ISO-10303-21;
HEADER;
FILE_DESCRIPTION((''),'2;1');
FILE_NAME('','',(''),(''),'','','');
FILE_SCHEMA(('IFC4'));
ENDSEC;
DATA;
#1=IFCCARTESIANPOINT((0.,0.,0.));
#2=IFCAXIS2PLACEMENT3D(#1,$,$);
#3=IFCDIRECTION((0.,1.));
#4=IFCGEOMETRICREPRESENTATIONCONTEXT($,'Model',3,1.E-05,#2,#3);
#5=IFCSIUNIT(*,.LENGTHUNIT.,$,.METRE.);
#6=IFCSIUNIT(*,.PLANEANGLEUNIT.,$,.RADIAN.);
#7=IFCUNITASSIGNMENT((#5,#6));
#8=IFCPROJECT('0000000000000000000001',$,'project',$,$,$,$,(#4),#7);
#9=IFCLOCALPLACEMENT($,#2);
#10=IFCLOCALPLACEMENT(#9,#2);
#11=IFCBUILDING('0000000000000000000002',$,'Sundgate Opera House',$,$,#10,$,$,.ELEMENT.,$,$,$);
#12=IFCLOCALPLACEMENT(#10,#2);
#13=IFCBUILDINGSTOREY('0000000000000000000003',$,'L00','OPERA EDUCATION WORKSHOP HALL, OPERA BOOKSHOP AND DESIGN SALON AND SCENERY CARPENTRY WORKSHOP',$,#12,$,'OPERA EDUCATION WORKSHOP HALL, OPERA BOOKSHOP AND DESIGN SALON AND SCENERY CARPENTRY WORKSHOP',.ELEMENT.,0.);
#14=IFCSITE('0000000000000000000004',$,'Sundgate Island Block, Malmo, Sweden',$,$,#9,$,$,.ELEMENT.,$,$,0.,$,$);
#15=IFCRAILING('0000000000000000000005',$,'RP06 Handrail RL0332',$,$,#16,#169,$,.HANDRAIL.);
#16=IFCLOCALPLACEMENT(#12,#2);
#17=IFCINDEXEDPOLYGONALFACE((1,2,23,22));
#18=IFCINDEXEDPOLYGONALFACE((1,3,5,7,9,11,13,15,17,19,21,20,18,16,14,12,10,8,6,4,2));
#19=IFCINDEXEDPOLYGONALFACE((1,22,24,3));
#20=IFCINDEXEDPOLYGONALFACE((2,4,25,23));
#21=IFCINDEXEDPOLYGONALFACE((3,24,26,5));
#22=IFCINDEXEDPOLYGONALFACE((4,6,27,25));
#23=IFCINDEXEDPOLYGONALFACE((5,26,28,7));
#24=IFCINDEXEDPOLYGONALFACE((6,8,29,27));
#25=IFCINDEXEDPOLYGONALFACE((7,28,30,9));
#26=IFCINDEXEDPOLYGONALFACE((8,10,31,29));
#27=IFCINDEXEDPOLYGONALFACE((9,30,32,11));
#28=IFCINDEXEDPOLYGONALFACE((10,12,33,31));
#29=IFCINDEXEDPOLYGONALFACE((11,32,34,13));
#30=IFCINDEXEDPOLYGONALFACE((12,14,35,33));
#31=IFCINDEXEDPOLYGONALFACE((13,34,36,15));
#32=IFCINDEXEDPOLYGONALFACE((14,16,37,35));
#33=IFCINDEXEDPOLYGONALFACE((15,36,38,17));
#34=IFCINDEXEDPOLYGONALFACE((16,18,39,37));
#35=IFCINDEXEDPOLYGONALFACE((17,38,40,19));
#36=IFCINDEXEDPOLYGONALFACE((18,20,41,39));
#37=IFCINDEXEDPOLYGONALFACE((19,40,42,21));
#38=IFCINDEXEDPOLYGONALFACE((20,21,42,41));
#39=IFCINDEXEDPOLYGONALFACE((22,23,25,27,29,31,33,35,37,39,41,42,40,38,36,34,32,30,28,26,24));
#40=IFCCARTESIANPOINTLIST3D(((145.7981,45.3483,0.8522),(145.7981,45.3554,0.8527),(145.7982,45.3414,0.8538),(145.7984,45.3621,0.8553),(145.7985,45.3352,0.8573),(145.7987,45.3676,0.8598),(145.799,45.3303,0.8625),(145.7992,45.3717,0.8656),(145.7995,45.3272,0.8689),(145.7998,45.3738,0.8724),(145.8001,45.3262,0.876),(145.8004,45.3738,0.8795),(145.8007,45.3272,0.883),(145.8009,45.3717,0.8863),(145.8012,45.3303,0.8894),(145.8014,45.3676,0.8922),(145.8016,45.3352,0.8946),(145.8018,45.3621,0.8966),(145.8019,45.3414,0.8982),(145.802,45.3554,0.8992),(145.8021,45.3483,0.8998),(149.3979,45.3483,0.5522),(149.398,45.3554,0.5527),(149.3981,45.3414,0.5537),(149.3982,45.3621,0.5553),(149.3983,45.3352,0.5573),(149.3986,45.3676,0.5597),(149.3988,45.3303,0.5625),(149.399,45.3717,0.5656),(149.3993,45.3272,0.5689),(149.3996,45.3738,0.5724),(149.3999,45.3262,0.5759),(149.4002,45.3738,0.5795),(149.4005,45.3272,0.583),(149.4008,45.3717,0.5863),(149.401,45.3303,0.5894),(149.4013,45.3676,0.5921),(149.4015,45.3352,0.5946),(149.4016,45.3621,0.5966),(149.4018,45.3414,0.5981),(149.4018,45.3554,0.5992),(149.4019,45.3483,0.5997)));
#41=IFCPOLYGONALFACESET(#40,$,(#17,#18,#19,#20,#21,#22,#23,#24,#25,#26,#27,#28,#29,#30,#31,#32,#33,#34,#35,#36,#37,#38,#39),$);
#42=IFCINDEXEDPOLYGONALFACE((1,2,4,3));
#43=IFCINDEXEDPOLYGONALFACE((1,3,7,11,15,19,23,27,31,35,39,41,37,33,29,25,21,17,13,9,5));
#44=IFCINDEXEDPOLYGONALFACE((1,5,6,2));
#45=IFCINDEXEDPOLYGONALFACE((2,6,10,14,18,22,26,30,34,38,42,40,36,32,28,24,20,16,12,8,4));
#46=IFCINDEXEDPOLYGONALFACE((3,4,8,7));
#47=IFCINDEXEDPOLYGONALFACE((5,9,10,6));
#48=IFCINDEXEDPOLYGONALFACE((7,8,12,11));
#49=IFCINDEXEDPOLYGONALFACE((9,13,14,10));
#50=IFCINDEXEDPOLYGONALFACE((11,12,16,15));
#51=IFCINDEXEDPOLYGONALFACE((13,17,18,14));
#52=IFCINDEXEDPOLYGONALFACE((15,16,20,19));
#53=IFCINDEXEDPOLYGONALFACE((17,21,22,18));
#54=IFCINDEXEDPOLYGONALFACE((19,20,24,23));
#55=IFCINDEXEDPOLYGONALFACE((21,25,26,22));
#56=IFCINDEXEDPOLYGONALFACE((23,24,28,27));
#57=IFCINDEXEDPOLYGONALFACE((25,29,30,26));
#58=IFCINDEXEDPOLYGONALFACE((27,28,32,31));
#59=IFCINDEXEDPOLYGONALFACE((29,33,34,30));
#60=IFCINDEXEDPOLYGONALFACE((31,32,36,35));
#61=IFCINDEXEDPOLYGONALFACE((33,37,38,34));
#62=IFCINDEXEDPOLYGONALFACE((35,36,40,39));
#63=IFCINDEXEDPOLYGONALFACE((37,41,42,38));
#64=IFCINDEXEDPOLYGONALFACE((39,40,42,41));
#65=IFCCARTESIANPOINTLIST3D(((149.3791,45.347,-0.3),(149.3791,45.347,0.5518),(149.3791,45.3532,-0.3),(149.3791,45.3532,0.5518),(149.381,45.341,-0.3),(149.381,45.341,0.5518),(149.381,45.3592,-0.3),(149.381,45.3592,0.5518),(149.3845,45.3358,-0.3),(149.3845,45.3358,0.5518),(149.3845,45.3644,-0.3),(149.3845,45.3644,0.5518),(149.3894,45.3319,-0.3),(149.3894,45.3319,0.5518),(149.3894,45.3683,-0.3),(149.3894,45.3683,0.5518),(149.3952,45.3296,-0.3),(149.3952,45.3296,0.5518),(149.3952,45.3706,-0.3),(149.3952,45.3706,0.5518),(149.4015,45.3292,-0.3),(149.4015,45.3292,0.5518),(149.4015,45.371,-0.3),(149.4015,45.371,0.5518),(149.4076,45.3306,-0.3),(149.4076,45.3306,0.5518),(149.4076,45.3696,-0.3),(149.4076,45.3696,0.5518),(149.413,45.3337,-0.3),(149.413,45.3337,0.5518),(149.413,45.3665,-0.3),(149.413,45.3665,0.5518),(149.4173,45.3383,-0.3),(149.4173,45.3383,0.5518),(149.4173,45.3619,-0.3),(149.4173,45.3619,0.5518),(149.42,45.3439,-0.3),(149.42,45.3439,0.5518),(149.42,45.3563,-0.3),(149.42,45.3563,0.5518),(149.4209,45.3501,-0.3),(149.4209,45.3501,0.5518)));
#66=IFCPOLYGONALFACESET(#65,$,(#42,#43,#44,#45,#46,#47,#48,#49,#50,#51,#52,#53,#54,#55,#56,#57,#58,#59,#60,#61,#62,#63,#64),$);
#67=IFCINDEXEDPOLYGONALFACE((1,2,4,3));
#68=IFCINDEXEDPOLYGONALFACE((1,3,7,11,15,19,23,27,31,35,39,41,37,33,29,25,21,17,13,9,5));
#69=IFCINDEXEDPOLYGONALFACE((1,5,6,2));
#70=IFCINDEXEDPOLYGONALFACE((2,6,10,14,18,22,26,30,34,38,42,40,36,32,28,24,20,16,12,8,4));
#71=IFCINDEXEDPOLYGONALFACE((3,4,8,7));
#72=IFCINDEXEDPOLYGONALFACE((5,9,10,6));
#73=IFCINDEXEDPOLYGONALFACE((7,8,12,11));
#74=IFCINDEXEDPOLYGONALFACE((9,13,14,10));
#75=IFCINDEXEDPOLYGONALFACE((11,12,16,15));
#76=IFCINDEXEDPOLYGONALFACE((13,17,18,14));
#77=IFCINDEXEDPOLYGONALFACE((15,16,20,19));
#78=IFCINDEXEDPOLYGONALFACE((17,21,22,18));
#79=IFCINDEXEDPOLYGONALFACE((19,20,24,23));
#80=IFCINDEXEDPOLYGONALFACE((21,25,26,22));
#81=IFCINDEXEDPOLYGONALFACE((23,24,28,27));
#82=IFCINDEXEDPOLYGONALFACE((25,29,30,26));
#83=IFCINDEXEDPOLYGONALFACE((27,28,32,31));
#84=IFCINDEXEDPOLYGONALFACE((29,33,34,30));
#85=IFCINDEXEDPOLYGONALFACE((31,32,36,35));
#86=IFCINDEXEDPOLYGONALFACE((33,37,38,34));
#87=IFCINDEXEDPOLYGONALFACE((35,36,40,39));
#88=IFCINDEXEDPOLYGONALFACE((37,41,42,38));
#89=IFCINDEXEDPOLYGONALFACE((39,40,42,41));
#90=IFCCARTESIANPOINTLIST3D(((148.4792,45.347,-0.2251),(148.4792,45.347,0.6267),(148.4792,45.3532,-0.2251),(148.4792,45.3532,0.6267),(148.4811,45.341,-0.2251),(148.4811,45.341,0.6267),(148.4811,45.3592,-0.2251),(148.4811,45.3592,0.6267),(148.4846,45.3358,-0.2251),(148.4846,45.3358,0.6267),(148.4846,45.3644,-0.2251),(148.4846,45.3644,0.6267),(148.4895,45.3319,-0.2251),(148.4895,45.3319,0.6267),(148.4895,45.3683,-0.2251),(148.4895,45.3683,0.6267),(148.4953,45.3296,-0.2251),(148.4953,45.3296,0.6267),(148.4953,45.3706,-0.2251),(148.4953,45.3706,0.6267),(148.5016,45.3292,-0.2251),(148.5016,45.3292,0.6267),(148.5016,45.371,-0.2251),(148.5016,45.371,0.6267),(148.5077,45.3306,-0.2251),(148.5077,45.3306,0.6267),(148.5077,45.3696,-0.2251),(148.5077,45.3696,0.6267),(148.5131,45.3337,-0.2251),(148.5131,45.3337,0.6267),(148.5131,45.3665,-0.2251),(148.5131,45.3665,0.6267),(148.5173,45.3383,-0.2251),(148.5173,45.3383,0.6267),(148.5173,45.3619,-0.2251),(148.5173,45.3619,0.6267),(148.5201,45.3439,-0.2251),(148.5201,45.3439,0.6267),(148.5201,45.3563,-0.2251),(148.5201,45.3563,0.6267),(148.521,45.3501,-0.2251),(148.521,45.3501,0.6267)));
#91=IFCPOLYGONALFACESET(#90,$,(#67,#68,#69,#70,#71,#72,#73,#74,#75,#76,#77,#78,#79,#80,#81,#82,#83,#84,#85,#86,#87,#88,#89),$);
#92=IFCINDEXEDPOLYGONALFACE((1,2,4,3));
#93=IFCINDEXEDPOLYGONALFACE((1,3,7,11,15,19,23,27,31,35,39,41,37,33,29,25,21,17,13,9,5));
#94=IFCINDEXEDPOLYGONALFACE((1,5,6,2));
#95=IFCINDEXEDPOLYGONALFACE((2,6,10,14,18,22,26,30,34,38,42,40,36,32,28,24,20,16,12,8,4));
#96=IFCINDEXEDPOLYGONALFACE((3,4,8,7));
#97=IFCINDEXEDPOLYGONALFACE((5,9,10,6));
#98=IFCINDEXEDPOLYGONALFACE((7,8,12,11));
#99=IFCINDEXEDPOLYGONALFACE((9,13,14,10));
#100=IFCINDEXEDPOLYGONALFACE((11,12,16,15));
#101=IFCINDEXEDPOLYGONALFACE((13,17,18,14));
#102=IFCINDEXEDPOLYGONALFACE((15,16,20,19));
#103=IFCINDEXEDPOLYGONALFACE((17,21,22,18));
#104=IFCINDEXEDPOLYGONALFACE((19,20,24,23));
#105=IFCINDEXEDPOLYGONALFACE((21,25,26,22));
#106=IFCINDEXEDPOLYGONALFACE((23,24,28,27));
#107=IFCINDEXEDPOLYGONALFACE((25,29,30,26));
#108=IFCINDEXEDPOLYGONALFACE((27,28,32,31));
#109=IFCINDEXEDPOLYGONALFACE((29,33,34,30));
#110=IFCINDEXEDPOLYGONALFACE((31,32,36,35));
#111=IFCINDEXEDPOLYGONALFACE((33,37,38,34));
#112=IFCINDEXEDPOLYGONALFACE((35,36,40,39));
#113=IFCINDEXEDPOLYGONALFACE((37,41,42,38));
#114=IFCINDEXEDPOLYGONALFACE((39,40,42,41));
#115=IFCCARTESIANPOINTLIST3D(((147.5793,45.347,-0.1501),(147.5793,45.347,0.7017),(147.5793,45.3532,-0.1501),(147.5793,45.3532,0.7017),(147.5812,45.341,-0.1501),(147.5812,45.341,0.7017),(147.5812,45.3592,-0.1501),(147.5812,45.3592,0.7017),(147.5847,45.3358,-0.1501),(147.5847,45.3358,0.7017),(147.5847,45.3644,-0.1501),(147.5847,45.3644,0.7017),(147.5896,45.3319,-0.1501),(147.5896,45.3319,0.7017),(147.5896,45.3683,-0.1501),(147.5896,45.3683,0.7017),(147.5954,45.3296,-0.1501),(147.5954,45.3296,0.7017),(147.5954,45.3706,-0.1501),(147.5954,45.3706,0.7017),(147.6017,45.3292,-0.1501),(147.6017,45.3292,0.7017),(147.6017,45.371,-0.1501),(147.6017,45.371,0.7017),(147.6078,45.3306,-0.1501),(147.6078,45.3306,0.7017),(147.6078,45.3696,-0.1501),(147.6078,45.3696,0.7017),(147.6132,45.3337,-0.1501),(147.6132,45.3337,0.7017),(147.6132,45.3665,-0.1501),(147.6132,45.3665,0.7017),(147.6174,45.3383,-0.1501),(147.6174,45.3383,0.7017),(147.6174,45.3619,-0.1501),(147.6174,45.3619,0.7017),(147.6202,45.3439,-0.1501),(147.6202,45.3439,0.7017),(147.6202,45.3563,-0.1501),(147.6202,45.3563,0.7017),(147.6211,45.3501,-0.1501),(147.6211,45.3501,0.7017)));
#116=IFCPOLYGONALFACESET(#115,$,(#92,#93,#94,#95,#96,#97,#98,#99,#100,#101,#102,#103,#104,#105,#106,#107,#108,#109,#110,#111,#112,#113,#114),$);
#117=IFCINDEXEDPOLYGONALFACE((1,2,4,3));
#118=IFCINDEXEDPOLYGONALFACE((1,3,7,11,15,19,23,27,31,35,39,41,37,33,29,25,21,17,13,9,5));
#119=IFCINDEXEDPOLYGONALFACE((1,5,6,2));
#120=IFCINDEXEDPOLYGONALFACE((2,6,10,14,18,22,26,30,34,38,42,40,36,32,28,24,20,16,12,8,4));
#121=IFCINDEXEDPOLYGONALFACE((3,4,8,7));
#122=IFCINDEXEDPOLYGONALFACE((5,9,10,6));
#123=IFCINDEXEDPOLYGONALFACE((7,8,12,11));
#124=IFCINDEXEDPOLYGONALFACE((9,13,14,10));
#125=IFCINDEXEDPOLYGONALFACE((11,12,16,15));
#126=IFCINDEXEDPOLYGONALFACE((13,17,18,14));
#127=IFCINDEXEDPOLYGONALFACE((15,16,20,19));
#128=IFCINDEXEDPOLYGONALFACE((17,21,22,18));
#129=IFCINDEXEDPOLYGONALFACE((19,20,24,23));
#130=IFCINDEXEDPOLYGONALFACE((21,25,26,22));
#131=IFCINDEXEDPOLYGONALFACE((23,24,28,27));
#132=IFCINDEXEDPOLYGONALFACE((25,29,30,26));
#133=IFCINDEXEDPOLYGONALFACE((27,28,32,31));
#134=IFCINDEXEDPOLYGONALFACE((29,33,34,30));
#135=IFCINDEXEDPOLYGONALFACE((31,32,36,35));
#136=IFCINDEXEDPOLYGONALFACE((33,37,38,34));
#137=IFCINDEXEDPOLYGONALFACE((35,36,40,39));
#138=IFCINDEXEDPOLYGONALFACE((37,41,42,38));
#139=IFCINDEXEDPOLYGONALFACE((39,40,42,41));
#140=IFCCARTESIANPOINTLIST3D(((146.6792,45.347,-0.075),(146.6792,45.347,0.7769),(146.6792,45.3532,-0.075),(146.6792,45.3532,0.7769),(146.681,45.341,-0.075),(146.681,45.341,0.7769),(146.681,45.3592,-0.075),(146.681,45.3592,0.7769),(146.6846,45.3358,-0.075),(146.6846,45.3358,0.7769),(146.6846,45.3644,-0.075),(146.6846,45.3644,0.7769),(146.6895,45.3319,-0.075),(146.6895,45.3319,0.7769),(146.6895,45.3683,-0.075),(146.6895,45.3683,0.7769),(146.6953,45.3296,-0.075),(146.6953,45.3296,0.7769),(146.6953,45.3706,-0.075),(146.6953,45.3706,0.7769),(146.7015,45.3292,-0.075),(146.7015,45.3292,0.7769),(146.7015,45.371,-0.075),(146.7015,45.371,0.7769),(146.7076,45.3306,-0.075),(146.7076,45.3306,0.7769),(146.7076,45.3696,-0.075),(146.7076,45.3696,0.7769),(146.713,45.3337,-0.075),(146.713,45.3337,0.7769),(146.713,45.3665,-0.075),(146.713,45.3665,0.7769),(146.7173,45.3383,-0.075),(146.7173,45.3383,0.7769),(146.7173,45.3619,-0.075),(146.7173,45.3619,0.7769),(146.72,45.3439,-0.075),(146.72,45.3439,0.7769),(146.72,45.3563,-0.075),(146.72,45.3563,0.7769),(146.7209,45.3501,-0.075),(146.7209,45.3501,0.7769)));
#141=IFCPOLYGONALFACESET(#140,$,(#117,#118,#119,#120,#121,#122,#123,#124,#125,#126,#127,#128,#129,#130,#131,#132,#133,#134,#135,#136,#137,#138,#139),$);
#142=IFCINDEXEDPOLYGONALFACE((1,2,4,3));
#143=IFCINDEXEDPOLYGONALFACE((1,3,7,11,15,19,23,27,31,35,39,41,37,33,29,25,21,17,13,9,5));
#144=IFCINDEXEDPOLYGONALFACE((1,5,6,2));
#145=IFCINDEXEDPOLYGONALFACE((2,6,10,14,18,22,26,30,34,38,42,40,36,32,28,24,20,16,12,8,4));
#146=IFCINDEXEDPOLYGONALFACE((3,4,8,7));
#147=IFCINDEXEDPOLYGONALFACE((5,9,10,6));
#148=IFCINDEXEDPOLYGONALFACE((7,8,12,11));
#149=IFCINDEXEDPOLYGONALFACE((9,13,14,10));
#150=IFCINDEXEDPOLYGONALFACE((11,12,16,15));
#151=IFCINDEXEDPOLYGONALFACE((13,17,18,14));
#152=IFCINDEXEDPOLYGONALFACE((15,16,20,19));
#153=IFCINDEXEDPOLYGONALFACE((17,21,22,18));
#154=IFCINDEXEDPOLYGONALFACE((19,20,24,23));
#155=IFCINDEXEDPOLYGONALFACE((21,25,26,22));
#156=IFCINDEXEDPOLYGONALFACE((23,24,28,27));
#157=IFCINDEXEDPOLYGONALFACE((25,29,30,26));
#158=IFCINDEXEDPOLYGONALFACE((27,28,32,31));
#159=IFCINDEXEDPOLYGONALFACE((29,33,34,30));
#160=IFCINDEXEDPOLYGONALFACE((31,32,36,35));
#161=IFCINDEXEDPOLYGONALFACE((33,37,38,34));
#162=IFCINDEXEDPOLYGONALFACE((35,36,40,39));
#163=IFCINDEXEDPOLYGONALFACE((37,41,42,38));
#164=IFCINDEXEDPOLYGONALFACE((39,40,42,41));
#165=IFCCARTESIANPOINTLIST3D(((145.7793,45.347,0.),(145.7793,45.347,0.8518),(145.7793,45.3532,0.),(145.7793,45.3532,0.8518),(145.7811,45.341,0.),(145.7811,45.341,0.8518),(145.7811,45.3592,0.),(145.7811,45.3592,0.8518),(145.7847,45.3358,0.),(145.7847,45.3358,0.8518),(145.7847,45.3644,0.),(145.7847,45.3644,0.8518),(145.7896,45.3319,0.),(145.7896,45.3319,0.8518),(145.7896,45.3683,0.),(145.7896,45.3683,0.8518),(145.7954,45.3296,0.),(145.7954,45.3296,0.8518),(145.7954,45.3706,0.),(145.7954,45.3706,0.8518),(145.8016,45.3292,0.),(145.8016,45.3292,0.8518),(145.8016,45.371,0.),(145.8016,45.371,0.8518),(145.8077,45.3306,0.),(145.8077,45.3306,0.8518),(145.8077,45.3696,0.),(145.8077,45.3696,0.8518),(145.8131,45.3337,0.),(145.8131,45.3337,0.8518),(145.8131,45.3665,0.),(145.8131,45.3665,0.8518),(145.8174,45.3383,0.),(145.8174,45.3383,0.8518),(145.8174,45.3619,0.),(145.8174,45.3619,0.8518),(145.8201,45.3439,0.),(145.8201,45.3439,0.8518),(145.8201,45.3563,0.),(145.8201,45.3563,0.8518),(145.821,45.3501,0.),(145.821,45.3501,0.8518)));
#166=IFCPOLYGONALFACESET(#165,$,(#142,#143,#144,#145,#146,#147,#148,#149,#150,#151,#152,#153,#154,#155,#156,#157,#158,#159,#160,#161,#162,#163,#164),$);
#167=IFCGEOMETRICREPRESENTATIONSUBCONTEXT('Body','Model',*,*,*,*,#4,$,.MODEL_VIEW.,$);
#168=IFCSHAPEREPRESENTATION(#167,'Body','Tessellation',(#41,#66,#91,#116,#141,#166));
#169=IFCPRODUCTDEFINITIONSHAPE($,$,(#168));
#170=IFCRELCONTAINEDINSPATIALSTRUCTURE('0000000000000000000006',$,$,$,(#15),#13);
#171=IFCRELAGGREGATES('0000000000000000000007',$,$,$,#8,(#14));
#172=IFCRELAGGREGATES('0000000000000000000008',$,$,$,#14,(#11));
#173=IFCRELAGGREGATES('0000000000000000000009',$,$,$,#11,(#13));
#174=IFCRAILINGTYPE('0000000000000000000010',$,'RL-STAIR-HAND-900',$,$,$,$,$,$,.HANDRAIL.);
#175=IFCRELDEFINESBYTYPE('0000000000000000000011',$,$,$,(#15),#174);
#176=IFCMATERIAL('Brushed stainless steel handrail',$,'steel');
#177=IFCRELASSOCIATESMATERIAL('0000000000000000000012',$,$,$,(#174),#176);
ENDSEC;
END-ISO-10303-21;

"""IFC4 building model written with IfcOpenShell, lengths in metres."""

from ifc_helpers import new_model, si_unit, direction, frame, origin, origin_2d, place, context, subcontext, project, spatial, circle, extrude, material, type_object, element, save


model = new_model("IFC4")

# Units and contexts
model_context = context("Model", 3, precision=1e-05, world=origin(), true_north=direction((0.0, 1.0)))
body_context = subcontext(model_context, "Body", "Model", "MODEL_VIEW")
ifc_project = project(units=[si_unit("LENGTHUNIT", "METRE"), si_unit("PLANEANGLEUNIT", "RADIAN")], contexts=[model_context])

# Site, building, storey
site_placement = place(None, origin())
site = spatial("IfcSite", under=ifc_project, at=site_placement, Name="Sundgate Island Block, Malmo, Sweden", CompositionType="ELEMENT", RefElevation=0.0)
building_placement = place(site_placement, origin())
building = spatial("IfcBuilding", under=site, at=building_placement, Name="Sundgate Opera House", CompositionType="ELEMENT")
storey_placement = place(building_placement, origin())
storey = spatial("IfcBuildingStorey", under=building, at=storey_placement, Name="L00", Description="OPERA EDUCATION WORKSHOP HALL, OPERA BOOKSHOP AND DESIGN SALON AND SCENERY CARPENTRY WORKSHOP", LongName="OPERA EDUCATION WORKSHOP HALL, OPERA BOOKSHOP AND DESIGN SALON AND SCENERY CARPENTRY WORKSHOP", CompositionType="ELEMENT", Elevation=0.0)

# Railing
ifc_material_1 = material(Name="Brushed stainless steel handrail", Category="steel")
railing_type = type_object("IfcRailingType", Name="RL-STAIR-HAND-900", PredefinedType="HANDRAIL", material=ifc_material_1)
for number, where, name in (
    (1, (149.3999, 45.3501, -0.3), "RP06 Handrail RL0332"),
):
    element("IfcRailing", number, at=place(storey_placement, frame(where)), inside=storey, type_object=railing_type, Name=name, PredefinedType="HANDRAIL", context=body_context, shape_type="SweptSolid", body=[
        extrude(circle(Radius=0.0239, at=origin_2d()), frame((0.0, 0.0, 0.876), z_axis=(-0.996544, 0.0, 0.083062), x_axis=(0.0, -1.0, 0.0)), (0.0, 0.0, 1.0), 3.6123),
        extrude(circle(Radius=0.021, at=origin_2d()), origin(), (0.0, 0.0, 1.0), 0.8518),
        extrude(circle(Radius=0.021, at=origin_2d()), frame((-0.8999, 0.0, 0.075)), (0.0, 0.0, 1.0), 0.8518),
        extrude(circle(Radius=0.021, at=origin_2d()), frame((-1.7998, 0.0, 0.1499)), (0.0, 0.0, 1.0), 0.8518),
        extrude(circle(Radius=0.021, at=origin_2d()), frame((-2.7, 0.0, 0.2251)), (0.0, 0.0, 1.0), 0.8518),
        extrude(circle(Radius=0.021, at=origin_2d()), frame((-3.5999, 0.0, 0.3)), (0.0, 0.0, 1.0), 0.8518),
    ])

save(model, "model.ifc")
